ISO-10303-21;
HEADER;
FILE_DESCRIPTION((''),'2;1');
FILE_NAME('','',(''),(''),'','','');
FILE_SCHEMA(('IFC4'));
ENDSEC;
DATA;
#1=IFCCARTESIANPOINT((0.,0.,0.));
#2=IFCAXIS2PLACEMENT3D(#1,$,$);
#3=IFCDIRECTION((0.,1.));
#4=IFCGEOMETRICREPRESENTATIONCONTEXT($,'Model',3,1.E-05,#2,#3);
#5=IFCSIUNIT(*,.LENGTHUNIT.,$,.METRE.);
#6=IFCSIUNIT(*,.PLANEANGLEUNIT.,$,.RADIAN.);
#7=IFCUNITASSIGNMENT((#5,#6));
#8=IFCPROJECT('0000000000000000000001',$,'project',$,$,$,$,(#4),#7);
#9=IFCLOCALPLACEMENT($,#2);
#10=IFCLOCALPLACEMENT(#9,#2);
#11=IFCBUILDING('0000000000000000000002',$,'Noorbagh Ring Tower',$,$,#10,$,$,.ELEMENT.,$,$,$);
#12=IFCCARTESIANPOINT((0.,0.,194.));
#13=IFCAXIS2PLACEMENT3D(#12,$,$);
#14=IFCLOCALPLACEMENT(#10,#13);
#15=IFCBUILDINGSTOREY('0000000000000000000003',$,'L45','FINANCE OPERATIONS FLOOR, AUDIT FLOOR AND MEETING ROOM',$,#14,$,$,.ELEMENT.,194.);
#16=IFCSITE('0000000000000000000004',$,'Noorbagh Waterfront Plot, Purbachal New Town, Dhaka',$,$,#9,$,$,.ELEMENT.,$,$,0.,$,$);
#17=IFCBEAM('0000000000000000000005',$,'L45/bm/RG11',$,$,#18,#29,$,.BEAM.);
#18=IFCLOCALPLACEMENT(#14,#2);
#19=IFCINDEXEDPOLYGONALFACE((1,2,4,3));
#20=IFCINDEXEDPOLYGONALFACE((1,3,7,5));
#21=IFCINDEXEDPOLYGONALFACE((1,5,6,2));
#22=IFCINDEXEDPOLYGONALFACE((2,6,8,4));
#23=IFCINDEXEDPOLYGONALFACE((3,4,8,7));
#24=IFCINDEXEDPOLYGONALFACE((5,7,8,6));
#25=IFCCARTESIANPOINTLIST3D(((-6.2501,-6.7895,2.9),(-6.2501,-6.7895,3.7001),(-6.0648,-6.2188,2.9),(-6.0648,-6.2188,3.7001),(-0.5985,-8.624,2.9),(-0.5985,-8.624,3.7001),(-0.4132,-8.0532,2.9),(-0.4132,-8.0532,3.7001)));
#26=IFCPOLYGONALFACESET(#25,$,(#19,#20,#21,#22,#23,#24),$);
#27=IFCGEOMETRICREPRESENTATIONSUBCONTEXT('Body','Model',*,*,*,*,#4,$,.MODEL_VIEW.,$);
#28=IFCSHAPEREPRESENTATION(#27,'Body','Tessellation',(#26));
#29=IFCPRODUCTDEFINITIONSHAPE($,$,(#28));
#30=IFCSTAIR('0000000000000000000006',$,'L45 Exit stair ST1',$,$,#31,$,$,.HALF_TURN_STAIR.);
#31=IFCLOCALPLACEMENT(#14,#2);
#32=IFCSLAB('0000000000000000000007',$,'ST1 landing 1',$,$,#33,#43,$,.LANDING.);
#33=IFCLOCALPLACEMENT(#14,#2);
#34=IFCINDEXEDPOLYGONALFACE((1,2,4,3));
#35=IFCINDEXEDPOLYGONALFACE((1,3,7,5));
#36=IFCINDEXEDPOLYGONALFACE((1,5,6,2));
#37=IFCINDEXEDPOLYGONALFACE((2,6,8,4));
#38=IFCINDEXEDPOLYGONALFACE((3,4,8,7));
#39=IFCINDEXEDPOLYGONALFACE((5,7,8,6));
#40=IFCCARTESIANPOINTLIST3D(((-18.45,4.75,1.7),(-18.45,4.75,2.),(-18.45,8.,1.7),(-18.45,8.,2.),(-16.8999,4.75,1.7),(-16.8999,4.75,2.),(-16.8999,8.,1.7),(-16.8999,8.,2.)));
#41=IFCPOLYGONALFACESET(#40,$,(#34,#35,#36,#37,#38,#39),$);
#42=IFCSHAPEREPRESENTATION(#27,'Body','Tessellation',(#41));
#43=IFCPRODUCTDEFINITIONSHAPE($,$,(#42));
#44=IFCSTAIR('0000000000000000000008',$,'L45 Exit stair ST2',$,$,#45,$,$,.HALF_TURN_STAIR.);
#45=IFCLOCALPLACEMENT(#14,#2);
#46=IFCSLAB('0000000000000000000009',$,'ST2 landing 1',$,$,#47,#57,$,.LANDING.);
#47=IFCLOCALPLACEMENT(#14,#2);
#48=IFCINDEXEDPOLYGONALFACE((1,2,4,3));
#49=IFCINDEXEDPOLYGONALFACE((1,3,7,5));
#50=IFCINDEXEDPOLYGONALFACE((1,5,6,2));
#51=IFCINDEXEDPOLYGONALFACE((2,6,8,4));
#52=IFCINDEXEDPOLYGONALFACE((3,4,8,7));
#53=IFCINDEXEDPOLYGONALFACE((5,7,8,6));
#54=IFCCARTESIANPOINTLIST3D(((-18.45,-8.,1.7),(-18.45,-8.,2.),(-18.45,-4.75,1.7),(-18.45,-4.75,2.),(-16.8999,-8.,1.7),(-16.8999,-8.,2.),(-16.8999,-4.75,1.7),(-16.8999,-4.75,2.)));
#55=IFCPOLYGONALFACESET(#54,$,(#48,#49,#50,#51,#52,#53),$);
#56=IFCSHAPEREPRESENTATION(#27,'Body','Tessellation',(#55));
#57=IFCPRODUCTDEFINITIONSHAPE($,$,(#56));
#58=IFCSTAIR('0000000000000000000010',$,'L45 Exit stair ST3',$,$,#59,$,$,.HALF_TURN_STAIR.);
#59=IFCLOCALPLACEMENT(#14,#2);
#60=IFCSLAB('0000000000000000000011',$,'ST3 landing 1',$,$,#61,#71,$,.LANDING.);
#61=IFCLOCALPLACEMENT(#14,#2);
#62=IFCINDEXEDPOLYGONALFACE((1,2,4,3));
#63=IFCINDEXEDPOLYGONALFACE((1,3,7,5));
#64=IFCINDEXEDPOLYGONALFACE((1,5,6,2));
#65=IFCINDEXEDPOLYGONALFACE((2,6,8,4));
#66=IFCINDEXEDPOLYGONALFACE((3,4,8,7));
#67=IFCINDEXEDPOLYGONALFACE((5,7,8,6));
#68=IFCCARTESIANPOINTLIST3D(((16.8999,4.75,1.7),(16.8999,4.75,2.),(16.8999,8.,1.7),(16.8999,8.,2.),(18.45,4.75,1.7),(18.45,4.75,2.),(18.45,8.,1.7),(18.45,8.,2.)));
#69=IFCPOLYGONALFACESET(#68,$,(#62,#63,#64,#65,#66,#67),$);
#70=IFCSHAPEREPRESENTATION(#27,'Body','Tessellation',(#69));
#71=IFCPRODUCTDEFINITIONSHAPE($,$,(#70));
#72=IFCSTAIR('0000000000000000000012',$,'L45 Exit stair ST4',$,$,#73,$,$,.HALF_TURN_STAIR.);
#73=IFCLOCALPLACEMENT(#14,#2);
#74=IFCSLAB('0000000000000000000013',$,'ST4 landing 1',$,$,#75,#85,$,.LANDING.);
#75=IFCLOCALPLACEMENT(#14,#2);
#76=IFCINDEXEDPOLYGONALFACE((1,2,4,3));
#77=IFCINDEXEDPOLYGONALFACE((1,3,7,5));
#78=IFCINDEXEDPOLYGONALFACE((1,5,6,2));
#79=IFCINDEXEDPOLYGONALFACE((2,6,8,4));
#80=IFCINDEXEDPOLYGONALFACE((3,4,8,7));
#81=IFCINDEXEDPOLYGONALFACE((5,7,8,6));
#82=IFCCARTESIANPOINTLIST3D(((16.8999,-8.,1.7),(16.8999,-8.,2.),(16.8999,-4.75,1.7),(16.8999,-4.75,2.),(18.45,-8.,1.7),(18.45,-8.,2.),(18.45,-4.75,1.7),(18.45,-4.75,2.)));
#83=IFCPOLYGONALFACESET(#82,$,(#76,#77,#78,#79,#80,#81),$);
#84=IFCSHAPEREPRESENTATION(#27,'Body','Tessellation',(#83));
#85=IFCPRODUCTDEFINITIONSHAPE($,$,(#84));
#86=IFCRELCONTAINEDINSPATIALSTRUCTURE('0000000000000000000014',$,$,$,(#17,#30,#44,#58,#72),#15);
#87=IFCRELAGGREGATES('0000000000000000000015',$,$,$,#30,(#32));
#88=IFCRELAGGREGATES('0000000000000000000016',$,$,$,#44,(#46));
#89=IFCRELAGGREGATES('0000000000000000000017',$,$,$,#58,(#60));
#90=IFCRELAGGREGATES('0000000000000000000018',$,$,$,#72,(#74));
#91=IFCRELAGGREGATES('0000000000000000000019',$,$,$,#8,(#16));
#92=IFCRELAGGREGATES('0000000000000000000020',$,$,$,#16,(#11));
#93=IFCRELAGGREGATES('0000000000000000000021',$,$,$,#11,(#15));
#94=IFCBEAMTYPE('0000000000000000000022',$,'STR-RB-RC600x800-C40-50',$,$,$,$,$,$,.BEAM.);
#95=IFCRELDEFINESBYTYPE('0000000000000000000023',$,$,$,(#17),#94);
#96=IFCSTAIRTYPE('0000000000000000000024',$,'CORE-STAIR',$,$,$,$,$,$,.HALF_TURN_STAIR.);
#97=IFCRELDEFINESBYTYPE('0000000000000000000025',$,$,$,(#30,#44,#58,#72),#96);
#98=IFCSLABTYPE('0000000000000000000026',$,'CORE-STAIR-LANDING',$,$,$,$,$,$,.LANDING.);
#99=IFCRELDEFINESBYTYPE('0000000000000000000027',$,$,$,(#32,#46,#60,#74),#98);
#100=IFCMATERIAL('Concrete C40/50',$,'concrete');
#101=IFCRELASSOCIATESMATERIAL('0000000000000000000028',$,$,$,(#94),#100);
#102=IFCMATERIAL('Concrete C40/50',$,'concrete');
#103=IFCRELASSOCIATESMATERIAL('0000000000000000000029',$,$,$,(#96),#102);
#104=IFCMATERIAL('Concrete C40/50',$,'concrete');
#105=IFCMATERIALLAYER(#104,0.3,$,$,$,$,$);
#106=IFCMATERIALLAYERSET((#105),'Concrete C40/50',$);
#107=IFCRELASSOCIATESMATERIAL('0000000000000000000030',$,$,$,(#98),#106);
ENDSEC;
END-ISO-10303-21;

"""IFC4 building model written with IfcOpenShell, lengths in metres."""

from ifc_helpers import new_model, si_unit, direction, frame, origin, origin_2d, place, context, subcontext, project, spatial, polyline, rectangle, outline, extrude, material, layer, layer_set, material_profile, profile_set, type_object, element, aggregate, save


model = new_model("IFC4")

# Units and contexts
model_context = context("Model", 3, precision=1e-05, world=origin(), true_north=direction((0.0, 1.0)))
body_context = subcontext(model_context, "Body", "Model", "MODEL_VIEW")
ifc_project = project(units=[si_unit("LENGTHUNIT", "METRE"), si_unit("PLANEANGLEUNIT", "RADIAN")], contexts=[model_context])

# Site, building, storey
site_placement = place(None, origin())
site = spatial("IfcSite", under=ifc_project, at=site_placement, Name="Noorbagh Waterfront Plot, Purbachal New Town, Dhaka", CompositionType="ELEMENT", RefElevation=0.0)
building_placement = place(site_placement, origin())
building = spatial("IfcBuilding", under=site, at=building_placement, Name="Noorbagh Ring Tower", CompositionType="ELEMENT")
storey_placement = place(building_placement, frame((0.0, 0.0, 194.0)))
storey = spatial("IfcBuildingStorey", under=building, at=storey_placement, Name="L45", Description="FINANCE OPERATIONS FLOOR, AUDIT FLOOR AND MEETING ROOM", CompositionType="ELEMENT", Elevation=194.0)

# Beam
ifc_material_1 = material(Name="Concrete C40/50", Category="concrete")
ifc_material_profile_1 = material_profile(ifc_material_1, rectangle(XDim=0.6001, YDim=0.8, at=origin_2d()), Name="RC600x800")
ifc_profile_set_1 = profile_set([ifc_material_profile_1], Name="Concrete C40/50")
beam_type = type_object("IfcBeamType", Name="STR-RB-RC600x800-C40-50", PredefinedType="BEAM", material=ifc_profile_set_1)
beam_placement = place(storey_placement, frame((-6.1575, -6.5042, 3.3), z_axis=(0.951148, -0.308736, 0.0), x_axis=(0.308736, 0.951148, 0.0)))
element("IfcBeam", 1, at=beam_placement, inside=storey, type_object=beam_type, Name="L45/bm/RG11", PredefinedType="BEAM", context=body_context, shape_type="SweptSolid", body=[
    extrude(rectangle(XDim=0.6001, YDim=0.8, at=origin_2d()), origin(), (0.0, 0.0, 1.0), 5.9419),
])

# Stairs, slabs
ifc_material_2 = material(Name="Concrete C40/50", Category="concrete")
stair_type = type_object("IfcStairType", Name="CORE-STAIR", PredefinedType="HALF_TURN_STAIR", material=ifc_material_2)
stair_1_placement = place(storey_placement, origin())
stair_1 = element("IfcStair", 2, at=stair_1_placement, inside=storey, type_object=stair_type, Name="L45 Exit stair ST1", PredefinedType="HALF_TURN_STAIR")
ifc_material_3 = material(Name="Concrete C40/50", Category="concrete")
ifc_layer_1 = layer(ifc_material_3, 0.3)
ifc_layer_set_1 = layer_set([ifc_layer_1], Name="Concrete C40/50")
slab_type_1 = type_object("IfcSlabType", Name="CORE-STAIR-LANDING", PredefinedType="LANDING", material=ifc_layer_set_1)
slab_1_placement = place(storey_placement, frame((0.0, 0.0, 1.7)))
slab_1 = element("IfcSlab", 3, at=slab_1_placement, type_object=slab_type_1, Name="ST1 landing 1", PredefinedType="LANDING", context=body_context, shape_type="SweptSolid", body=[
    extrude(outline(polyline([(-18.45, 4.75), (-16.8999, 4.75), (-16.8999, 8.0), (-18.45, 8.0), (-18.45, 4.75)])), origin(), (0.0, 0.0, 1.0), 0.3),
])
aggregate(stair_1, [slab_1])
stair_2_placement = place(storey_placement, origin())
stair_2 = element("IfcStair", 4, at=stair_2_placement, inside=storey, type_object=stair_type, Name="L45 Exit stair ST2", PredefinedType="HALF_TURN_STAIR")
slab_2_placement = place(storey_placement, frame((0.0, 0.0, 1.7)))
slab_2 = element("IfcSlab", 5, at=slab_2_placement, type_object=slab_type_1, Name="ST2 landing 1", PredefinedType="LANDING", context=body_context, shape_type="SweptSolid", body=[
    extrude(outline(polyline([(-18.45, -8.0), (-16.8999, -8.0), (-16.8999, -4.75), (-18.45, -4.75), (-18.45, -8.0)])), origin(), (0.0, 0.0, 1.0), 0.3),
])
aggregate(stair_2, [slab_2])
stair_3_placement = place(storey_placement, origin())
stair_3 = element("IfcStair", 6, at=stair_3_placement, inside=storey, type_object=stair_type, Name="L45 Exit stair ST3", PredefinedType="HALF_TURN_STAIR")
slab_3_placement = place(storey_placement, frame((0.0, 0.0, 1.7)))
slab_3 = element("IfcSlab", 7, at=slab_3_placement, type_object=slab_type_1, Name="ST3 landing 1", PredefinedType="LANDING", context=body_context, shape_type="SweptSolid", body=[
    extrude(outline(polyline([(18.45, 8.0), (16.8999, 8.0), (16.8999, 4.75), (18.45, 4.75), (18.45, 8.0)])), origin(), (0.0, 0.0, 1.0), 0.3),
])
aggregate(stair_3, [slab_3])
stair_4_placement = place(storey_placement, origin())
stair_4 = element("IfcStair", 8, at=stair_4_placement, inside=storey, type_object=stair_type, Name="L45 Exit stair ST4", PredefinedType="HALF_TURN_STAIR")
slab_4_placement = place(storey_placement, frame((0.0, 0.0, 1.7)))
slab_4 = element("IfcSlab", 9, at=slab_4_placement, type_object=slab_type_1, Name="ST4 landing 1", PredefinedType="LANDING", context=body_context, shape_type="SweptSolid", body=[
    extrude(outline(polyline([(18.45, -4.75), (16.8999, -4.75), (16.8999, -8.0), (18.45, -8.0), (18.45, -4.75)])), origin(), (0.0, 0.0, 1.0), 0.3),
])
aggregate(stair_4, [slab_4])

save(model, "model.ifc")
